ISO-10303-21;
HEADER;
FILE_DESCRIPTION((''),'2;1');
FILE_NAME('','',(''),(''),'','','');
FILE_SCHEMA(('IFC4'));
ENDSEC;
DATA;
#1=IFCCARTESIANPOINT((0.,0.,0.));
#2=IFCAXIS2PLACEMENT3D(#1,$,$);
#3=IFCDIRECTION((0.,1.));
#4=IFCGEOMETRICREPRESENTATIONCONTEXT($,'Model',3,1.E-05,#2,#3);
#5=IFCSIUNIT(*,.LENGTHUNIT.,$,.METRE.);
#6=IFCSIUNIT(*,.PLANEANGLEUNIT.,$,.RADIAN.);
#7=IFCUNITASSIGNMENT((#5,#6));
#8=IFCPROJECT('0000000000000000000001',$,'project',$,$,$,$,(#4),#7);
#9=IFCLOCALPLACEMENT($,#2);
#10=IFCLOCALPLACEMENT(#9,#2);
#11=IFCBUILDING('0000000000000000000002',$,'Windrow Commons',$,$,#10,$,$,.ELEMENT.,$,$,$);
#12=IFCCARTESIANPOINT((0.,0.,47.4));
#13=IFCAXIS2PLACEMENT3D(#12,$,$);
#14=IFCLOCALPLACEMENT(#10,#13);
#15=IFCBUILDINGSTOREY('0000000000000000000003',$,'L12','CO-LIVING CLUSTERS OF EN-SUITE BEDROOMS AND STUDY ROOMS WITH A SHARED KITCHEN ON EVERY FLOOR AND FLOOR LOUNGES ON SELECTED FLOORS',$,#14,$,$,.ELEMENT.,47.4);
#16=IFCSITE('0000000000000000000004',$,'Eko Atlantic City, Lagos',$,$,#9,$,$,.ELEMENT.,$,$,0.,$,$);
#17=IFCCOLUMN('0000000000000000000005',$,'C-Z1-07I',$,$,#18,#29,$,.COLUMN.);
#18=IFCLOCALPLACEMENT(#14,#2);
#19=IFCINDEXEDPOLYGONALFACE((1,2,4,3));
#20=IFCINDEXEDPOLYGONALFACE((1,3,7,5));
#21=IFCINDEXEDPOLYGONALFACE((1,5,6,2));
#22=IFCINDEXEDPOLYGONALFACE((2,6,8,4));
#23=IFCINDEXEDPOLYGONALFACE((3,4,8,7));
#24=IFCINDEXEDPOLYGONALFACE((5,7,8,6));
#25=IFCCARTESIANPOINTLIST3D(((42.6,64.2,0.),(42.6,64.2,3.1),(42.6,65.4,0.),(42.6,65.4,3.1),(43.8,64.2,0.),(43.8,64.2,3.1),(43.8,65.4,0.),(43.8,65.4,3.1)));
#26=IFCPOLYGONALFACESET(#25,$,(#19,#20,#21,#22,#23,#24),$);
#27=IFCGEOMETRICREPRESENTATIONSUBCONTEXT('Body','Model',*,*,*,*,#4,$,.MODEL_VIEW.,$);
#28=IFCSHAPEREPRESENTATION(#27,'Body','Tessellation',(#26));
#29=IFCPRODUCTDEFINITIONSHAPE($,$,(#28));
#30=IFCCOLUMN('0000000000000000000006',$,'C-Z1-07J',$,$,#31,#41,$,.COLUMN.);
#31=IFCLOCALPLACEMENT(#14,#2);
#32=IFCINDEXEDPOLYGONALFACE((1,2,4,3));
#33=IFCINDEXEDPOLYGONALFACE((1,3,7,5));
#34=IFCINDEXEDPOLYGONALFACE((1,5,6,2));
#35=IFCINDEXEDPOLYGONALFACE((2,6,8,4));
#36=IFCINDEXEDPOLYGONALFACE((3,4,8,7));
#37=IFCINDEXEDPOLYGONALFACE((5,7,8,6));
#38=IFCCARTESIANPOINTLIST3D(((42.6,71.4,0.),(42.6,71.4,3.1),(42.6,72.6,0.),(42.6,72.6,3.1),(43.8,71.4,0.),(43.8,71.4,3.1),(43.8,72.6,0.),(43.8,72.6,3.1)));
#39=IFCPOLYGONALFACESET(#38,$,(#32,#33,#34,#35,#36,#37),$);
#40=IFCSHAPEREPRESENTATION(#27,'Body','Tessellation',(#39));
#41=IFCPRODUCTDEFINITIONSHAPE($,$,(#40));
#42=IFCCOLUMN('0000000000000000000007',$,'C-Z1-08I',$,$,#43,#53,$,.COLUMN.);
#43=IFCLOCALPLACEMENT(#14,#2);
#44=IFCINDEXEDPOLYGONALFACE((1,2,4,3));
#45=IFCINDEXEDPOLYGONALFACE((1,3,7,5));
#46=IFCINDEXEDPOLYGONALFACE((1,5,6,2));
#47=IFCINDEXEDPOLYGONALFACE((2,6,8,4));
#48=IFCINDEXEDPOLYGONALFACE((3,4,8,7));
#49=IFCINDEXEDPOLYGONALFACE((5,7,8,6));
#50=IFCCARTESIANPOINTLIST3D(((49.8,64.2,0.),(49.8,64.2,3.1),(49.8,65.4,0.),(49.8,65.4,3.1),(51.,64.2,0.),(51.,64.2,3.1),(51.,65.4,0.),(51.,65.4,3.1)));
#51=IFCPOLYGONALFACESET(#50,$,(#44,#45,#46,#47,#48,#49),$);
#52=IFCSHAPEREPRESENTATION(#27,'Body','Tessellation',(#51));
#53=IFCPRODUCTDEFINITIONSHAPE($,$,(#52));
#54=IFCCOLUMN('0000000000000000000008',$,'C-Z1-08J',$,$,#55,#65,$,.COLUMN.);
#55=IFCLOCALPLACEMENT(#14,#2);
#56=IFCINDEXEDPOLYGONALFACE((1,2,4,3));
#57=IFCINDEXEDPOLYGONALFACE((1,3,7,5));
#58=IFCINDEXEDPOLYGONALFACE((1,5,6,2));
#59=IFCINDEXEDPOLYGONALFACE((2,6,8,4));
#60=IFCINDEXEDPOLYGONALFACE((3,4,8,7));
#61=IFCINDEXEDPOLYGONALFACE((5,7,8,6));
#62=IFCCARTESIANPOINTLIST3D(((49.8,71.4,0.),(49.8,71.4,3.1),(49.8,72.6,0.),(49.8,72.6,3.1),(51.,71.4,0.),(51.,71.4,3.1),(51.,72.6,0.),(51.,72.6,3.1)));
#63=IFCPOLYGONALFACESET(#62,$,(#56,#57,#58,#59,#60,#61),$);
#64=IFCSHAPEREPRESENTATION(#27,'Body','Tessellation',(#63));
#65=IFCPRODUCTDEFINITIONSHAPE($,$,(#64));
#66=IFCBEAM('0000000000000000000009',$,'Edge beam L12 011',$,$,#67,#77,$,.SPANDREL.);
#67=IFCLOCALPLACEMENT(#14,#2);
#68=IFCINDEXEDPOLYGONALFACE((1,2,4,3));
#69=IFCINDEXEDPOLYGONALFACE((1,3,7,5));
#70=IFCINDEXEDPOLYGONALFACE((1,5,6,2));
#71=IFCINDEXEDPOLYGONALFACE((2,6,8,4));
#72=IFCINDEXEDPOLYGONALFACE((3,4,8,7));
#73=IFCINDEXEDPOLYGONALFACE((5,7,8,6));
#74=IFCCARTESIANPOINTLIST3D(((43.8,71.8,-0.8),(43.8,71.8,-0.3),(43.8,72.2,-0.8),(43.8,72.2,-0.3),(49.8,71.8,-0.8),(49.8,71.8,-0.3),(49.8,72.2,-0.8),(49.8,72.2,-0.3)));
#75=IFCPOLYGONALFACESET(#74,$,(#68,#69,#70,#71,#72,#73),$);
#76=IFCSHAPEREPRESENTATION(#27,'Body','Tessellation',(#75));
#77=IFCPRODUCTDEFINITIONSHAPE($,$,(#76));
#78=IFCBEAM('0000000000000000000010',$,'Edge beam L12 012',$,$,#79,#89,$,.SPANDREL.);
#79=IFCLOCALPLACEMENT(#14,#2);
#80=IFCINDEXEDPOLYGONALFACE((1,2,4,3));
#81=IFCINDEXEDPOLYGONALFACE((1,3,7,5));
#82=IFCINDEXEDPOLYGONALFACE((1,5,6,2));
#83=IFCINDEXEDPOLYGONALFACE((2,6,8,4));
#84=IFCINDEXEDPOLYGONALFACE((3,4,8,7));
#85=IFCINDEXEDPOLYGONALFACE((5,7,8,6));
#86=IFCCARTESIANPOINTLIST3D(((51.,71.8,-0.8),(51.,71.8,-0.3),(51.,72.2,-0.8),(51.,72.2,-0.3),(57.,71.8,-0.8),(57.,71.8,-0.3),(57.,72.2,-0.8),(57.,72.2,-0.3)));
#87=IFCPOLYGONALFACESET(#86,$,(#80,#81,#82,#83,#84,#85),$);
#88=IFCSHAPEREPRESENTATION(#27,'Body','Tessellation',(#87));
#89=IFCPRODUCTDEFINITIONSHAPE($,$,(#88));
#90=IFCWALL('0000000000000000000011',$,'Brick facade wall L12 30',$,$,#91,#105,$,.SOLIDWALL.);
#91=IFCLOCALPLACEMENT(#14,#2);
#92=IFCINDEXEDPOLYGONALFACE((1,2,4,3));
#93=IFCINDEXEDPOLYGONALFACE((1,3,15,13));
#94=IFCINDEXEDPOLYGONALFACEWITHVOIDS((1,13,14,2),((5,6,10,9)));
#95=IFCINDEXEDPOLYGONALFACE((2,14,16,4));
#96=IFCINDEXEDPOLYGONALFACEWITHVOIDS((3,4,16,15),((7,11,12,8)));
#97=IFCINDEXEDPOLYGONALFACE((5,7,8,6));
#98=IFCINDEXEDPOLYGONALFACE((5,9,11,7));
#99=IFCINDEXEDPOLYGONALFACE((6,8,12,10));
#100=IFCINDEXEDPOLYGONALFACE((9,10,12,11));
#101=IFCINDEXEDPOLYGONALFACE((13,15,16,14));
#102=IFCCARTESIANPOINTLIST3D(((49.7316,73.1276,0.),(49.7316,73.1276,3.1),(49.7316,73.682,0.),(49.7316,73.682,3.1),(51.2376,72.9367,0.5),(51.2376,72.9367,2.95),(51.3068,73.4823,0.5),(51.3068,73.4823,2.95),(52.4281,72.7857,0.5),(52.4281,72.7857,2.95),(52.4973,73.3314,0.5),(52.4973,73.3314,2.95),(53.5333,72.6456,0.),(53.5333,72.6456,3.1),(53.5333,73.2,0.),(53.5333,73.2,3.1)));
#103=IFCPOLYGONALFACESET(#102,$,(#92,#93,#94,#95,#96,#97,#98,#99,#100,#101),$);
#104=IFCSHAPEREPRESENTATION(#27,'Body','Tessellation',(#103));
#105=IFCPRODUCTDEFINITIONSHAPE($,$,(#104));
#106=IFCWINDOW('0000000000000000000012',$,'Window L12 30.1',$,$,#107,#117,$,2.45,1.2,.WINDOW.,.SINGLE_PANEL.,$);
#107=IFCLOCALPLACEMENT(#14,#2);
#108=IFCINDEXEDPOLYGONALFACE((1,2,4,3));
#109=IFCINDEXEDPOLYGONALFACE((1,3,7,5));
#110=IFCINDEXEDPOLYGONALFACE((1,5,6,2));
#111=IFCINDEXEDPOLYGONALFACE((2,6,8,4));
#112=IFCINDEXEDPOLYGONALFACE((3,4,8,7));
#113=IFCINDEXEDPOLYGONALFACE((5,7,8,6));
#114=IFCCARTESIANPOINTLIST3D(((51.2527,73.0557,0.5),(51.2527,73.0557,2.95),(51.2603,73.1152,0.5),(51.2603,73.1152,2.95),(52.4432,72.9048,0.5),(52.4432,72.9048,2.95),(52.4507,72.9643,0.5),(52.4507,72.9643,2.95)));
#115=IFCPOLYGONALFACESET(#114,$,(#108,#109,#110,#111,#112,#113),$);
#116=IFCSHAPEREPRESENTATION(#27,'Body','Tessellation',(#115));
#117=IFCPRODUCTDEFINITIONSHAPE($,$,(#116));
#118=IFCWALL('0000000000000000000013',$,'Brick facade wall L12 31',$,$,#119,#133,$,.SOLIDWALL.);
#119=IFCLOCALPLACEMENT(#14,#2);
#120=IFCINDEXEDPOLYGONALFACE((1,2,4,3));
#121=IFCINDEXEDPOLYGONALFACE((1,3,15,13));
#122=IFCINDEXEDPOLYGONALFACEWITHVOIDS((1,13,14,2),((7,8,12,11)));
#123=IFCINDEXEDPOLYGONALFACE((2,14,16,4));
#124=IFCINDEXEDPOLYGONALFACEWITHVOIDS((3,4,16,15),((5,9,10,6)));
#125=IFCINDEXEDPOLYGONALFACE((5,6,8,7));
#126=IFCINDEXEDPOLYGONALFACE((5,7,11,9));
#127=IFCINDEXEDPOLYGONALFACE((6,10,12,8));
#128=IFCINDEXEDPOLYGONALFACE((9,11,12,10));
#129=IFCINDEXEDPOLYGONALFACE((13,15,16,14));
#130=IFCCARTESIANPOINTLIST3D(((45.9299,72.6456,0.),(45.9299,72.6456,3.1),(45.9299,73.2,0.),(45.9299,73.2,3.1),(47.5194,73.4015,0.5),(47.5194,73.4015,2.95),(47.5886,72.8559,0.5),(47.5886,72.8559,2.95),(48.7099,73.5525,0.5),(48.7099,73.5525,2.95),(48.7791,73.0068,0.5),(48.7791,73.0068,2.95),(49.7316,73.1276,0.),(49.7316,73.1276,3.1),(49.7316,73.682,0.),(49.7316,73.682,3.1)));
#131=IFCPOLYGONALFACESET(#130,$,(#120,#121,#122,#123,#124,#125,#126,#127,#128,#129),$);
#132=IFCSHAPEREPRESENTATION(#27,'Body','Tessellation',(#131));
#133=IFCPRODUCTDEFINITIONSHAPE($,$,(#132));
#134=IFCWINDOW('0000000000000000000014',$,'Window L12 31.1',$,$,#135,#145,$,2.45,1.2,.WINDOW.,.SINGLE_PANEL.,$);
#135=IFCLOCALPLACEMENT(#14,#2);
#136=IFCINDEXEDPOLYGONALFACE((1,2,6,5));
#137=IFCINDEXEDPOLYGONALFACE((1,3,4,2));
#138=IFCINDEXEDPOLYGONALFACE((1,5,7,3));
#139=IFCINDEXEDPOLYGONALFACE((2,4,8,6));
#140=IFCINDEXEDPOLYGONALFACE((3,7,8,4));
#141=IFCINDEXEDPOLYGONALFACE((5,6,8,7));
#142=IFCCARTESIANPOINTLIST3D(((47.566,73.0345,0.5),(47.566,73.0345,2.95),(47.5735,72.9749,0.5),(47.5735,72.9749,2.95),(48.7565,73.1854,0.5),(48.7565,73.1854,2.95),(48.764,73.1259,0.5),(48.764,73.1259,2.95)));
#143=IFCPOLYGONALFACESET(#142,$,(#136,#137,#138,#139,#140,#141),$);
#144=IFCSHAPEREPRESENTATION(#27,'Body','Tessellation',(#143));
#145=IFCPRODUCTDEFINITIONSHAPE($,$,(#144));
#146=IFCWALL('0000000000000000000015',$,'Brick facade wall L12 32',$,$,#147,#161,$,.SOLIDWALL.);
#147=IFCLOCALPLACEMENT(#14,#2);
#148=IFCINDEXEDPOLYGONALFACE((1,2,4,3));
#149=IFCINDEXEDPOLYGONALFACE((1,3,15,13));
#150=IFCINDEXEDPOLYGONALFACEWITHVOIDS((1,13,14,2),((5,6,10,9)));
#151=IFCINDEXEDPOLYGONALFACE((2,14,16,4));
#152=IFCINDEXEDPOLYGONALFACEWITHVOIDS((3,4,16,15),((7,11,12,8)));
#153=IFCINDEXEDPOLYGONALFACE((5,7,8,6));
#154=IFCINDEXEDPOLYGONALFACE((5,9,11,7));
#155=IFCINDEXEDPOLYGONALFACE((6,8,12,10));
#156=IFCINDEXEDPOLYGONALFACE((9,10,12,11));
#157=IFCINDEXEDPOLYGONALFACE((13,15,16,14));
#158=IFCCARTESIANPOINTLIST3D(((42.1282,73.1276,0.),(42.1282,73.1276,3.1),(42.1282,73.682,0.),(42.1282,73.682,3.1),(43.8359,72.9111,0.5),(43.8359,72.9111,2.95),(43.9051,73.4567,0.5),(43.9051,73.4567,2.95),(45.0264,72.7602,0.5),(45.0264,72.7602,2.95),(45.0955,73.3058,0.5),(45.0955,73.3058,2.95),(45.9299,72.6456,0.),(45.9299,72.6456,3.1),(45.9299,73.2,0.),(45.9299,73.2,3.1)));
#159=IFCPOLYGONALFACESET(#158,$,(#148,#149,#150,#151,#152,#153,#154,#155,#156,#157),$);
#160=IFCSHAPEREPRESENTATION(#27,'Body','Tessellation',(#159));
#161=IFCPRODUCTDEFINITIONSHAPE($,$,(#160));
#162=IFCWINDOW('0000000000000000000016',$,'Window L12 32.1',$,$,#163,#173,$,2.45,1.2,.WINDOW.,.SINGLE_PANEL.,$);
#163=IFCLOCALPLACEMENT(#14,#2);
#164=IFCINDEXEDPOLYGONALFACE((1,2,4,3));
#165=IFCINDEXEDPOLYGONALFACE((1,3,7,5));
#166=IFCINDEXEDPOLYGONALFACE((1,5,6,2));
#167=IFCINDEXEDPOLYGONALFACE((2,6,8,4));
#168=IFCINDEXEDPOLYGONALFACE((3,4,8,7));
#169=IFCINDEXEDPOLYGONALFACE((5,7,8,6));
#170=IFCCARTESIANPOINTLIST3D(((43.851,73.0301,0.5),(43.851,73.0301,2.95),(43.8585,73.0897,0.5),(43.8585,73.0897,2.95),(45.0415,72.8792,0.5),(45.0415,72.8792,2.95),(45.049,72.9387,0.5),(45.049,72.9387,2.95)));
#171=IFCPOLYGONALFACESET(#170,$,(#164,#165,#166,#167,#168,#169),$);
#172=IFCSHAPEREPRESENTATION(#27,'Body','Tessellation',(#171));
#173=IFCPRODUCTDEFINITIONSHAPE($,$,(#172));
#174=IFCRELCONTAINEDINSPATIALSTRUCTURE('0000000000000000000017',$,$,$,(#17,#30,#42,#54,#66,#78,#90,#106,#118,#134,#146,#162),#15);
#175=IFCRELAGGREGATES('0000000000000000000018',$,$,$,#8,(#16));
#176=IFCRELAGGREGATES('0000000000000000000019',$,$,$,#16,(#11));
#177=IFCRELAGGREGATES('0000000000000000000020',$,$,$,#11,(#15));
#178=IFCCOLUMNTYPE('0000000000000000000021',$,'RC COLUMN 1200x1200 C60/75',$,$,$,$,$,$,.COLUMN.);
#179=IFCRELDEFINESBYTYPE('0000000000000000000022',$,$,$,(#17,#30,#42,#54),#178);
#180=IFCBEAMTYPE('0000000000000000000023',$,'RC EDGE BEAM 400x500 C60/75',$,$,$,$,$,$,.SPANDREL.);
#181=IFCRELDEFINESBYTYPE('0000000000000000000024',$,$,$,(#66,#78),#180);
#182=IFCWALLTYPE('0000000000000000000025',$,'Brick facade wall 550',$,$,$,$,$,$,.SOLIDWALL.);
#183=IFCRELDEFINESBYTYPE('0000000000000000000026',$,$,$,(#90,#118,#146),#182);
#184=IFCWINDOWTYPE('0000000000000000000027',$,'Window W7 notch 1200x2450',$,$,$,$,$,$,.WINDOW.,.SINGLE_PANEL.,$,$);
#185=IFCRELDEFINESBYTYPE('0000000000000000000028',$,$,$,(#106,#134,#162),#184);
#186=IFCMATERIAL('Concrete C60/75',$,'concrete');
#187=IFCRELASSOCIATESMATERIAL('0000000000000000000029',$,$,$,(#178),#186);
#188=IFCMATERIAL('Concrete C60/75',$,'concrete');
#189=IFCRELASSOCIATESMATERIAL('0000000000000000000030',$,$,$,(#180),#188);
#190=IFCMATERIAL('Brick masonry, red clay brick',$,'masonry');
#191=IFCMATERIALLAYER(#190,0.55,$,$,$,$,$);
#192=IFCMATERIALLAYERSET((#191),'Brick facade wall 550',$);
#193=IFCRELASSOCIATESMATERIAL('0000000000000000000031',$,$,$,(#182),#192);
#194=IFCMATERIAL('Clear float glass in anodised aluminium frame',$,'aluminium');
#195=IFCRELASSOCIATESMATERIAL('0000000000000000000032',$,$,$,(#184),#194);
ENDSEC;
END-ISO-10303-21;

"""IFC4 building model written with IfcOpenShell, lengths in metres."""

from ifc_helpers import new_model, si_unit, direction, frame, frame_2d, origin, origin_2d, place, context, subcontext, project, spatial, polyline, rectangle, outline, extrude, material, layer, layer_set, material_profile, profile_set, type_object, element, fill, save


model = new_model("IFC4")

# Units and contexts
model_context = context("Model", 3, precision=1e-05, world=origin(), true_north=direction((0.0, 1.0)))
body_context = subcontext(model_context, "Body", "Model", "MODEL_VIEW")
ifc_project = project(units=[si_unit("LENGTHUNIT", "METRE"), si_unit("PLANEANGLEUNIT", "RADIAN")], contexts=[model_context])

# Site, building, storey
site_placement = place(None, origin())
site = spatial("IfcSite", under=ifc_project, at=site_placement, Name="Eko Atlantic City, Lagos", CompositionType="ELEMENT", RefElevation=0.0)
building_placement = place(site_placement, origin())
building = spatial("IfcBuilding", under=site, at=building_placement, Name="Windrow Commons", CompositionType="ELEMENT")
storey_placement = place(building_placement, frame((0.0, 0.0, 47.4)))
storey = spatial("IfcBuildingStorey", under=building, at=storey_placement, Name="L12", Description="CO-LIVING CLUSTERS OF EN-SUITE BEDROOMS AND STUDY ROOMS WITH A SHARED KITCHEN ON EVERY FLOOR AND FLOOR LOUNGES ON SELECTED FLOORS", CompositionType="ELEMENT", Elevation=47.4)

# Columns
ifc_material_1 = material(Name="Concrete C60/75", Category="concrete")
ifc_material_profile_1 = material_profile(ifc_material_1, rectangle(XDim=1.2, YDim=1.2, at=origin_2d()))
ifc_profile_set_1 = profile_set([ifc_material_profile_1], Name="Concrete C60/75")
column_type = type_object("IfcColumnType", Name="RC COLUMN 1200x1200 C60/75", PredefinedType="COLUMN", material=ifc_profile_set_1)
for number, where, z_axis, x_axis, name in (
    (1, (43.2, 64.8, 0.0), (0.0, 0.0, 1.0), (1.0, 0.0, 0.0), "C-Z1-07I"),
    (2, (43.2, 72.0, 0.0), (0.0, 0.0, 1.0), (1.0, 0.0, 0.0), "C-Z1-07J"),
    (3, (50.4, 64.8, 0.0), (0.0, 0.0, 1.0), (1.0, 0.0, 0.0), "C-Z1-08I"),
    (4, (50.4, 72.0, 0.0), (0.0, 0.0, 1.0), (1.0, 0.0, 0.0), "C-Z1-08J"),
):
    element("IfcColumn", number, at=place(storey_placement, frame(where, z_axis=z_axis, x_axis=x_axis)), inside=storey, type_object=column_type, Name=name, PredefinedType="COLUMN", context=body_context, shape_type="SweptSolid", body=[
        extrude(rectangle(XDim=1.2, YDim=1.2, at=origin_2d()), origin(), (0.0, 0.0, 1.0), 3.1),
    ])

# Beams
ifc_material_2 = material(Name="Concrete C60/75", Category="concrete")
ifc_material_profile_2 = material_profile(ifc_material_2, rectangle(XDim=0.4, YDim=0.5, at=origin_2d()))
ifc_profile_set_2 = profile_set([ifc_material_profile_2], Name="Concrete C60/75")
beam_type = type_object("IfcBeamType", Name="RC EDGE BEAM 400x500 C60/75", PredefinedType="SPANDREL", material=ifc_profile_set_2)
for number, where, z_axis, x_axis, name in (
    (5, (43.8, 72.0, -0.55), (1.0, 0.0, 0.0), (0.0, 1.0, 0.0), "Edge beam L12 011"),
    (6, (51.0, 72.0, -0.55), (1.0, 0.0, 0.0), (0.0, 1.0, 0.0), "Edge beam L12 012"),
):
    element("IfcBeam", number, at=place(storey_placement, frame(where, z_axis=z_axis, x_axis=x_axis)), inside=storey, type_object=beam_type, Name=name, PredefinedType="SPANDREL", context=body_context, shape_type="SweptSolid", body=[
        extrude(rectangle(XDim=0.4, YDim=0.5, at=origin_2d()), origin(), (0.0, 0.0, 1.0), 6.0),
    ])

# Walls, openings, windows
ifc_material_3 = material(Name="Brick masonry, red clay brick", Category="masonry")
ifc_layer_1 = layer(ifc_material_3, 0.55)
ifc_layer_set_1 = layer_set([ifc_layer_1], Name="Brick facade wall 550")
wall_type_1 = type_object("IfcWallType", Name="Brick facade wall 550", PredefinedType="SOLIDWALL", material=ifc_layer_set_1)
wall_1_placement = place(storey_placement, frame((53.5333, 72.9228, 0.0), z_axis=(0.0, 0.0, 1.0), x_axis=(-0.992058, 0.125779, 0.0)))
wall_1 = element("IfcWall", 7, at=wall_1_placement, inside=storey, type_object=wall_type_1, Name="Brick facade wall L12 30", PredefinedType="SOLIDWALL", context=body_context, shape_type="SweptSolid", body=[
    extrude(outline(polyline([(0.0349, -0.275), (3.867, -0.275), (3.7973, 0.275), (-0.0349, 0.275), (0.0349, -0.275)])), origin(), (0.0, 0.0, 1.0), 3.1),
])
opening_1_placement = place(wall_1_placement, frame((1.0792, 0.0, 0.5)))
opening_1 = element("IfcOpeningElement", 8, at=opening_1_placement, cuts=wall_1, PredefinedType="OPENING", context=body_context, shape_type="SweptSolid", body=[
    extrude(rectangle(XDim=1.2, YDim=2.45, at=frame_2d((0.6, 1.225))), frame((0.0, 0.285, 0.0), z_axis=(0.0, -1.0, 0.0), x_axis=(1.0, 0.0, 0.0)), (0.0, 0.0, 1.0), 0.57),
])
ifc_material_4 = material(Name="Clear float glass in anodised aluminium frame", Category="aluminium")
window_type = type_object("IfcWindowType", Name="Window W7 notch 1200x2450", PartitioningType="SINGLE_PANEL", PredefinedType="WINDOW", material=ifc_material_4)
window_1_placement = place(opening_1_placement, origin())
window_1 = element("IfcWindow", 9, at=window_1_placement, inside=storey, type_object=window_type, Name="Window L12 30.1", OverallHeight=2.45, OverallWidth=1.2, PartitioningType="SINGLE_PANEL", PredefinedType="WINDOW", context=body_context, shape_type="SweptSolid", body=[
    extrude(rectangle(XDim=1.2, YDim=2.45, at=frame_2d((0.6, 1.225))), frame((0.0, 0.155, 0.0), z_axis=(0.0, -1.0, 0.0), x_axis=(1.0, 0.0, 0.0)), (0.0, 0.0, 1.0), 0.06),
])
fill(opening_1, window_1)
wall_2_placement = place(storey_placement, frame((49.7316, 73.4048, 0.0), z_axis=(0.0, 0.0, 1.0), x_axis=(-0.992058, -0.125779, 0.0)))
wall_2 = element("IfcWall", 10, at=wall_2_placement, inside=storey, type_object=wall_type_1, Name="Brick facade wall L12 31", PredefinedType="SOLIDWALL", context=body_context, shape_type="SweptSolid", body=[
    extrude(outline(polyline([(-0.0349, -0.275), (3.7973, -0.275), (3.867, 0.275), (0.0349, 0.275), (-0.0349, -0.275)])), origin(), (0.0, 0.0, 1.0), 3.1),
])
opening_2_placement = place(wall_2_placement, frame((0.995, 0.0, 0.5)))
opening_2 = element("IfcOpeningElement", 11, at=opening_2_placement, cuts=wall_2, PredefinedType="OPENING", context=body_context, shape_type="SweptSolid", body=[
    extrude(rectangle(XDim=1.2, YDim=2.45, at=frame_2d((0.6, 1.225))), frame((0.0, 0.285, 0.0), z_axis=(0.0, -1.0, 0.0), x_axis=(1.0, 0.0, 0.0)), (0.0, 0.0, 1.0), 0.57),
])
window_2_placement = place(opening_2_placement, origin())
window_2 = element("IfcWindow", 12, at=window_2_placement, inside=storey, type_object=window_type, Name="Window L12 31.1", OverallHeight=2.45, OverallWidth=1.2, PartitioningType="SINGLE_PANEL", PredefinedType="WINDOW", context=body_context, shape_type="SweptSolid", body=[
    extrude(rectangle(XDim=1.2, YDim=2.45, at=frame_2d((0.6, 1.225))), frame((0.0, 0.155, 0.0), z_axis=(0.0, -1.0, 0.0), x_axis=(1.0, 0.0, 0.0)), (0.0, 0.0, 1.0), 0.06),
])
fill(opening_2, window_2)
wall_3_placement = place(storey_placement, frame((45.9299, 72.9228, 0.0), z_axis=(0.0, 0.0, 1.0), x_axis=(-0.992058, 0.125779, 0.0)))
wall_3 = element("IfcWall", 13, at=wall_3_placement, inside=storey, type_object=wall_type_1, Name="Brick facade wall L12 32", PredefinedType="SOLIDWALL", context=body_context, shape_type="SweptSolid", body=[
    extrude(outline(polyline([(0.0349, -0.275), (3.867, -0.275), (3.7973, 0.275), (-0.0349, 0.275), (0.0349, -0.275)])), origin(), (0.0, 0.0, 1.0), 3.1),
])
opening_3_placement = place(wall_3_placement, frame((0.8759, 0.0, 0.5)))
opening_3 = element("IfcOpeningElement", 14, at=opening_3_placement, cuts=wall_3, PredefinedType="OPENING", context=body_context, shape_type="SweptSolid", body=[
    extrude(rectangle(XDim=1.2, YDim=2.45, at=frame_2d((0.6, 1.225))), frame((0.0, 0.285, 0.0), z_axis=(0.0, -1.0, 0.0), x_axis=(1.0, 0.0, 0.0)), (0.0, 0.0, 1.0), 0.57),
])
window_3_placement = place(opening_3_placement, origin())
window_3 = element("IfcWindow", 15, at=window_3_placement, inside=storey, type_object=window_type, Name="Window L12 32.1", OverallHeight=2.45, OverallWidth=1.2, PartitioningType="SINGLE_PANEL", PredefinedType="WINDOW", context=body_context, shape_type="SweptSolid", body=[
    extrude(rectangle(XDim=1.2, YDim=2.45, at=frame_2d((0.6, 1.225))), frame((0.0, 0.155, 0.0), z_axis=(0.0, -1.0, 0.0), x_axis=(1.0, 0.0, 0.0)), (0.0, 0.0, 1.0), 0.06),
])
fill(opening_3, window_3)

save(model, "model.ifc")
